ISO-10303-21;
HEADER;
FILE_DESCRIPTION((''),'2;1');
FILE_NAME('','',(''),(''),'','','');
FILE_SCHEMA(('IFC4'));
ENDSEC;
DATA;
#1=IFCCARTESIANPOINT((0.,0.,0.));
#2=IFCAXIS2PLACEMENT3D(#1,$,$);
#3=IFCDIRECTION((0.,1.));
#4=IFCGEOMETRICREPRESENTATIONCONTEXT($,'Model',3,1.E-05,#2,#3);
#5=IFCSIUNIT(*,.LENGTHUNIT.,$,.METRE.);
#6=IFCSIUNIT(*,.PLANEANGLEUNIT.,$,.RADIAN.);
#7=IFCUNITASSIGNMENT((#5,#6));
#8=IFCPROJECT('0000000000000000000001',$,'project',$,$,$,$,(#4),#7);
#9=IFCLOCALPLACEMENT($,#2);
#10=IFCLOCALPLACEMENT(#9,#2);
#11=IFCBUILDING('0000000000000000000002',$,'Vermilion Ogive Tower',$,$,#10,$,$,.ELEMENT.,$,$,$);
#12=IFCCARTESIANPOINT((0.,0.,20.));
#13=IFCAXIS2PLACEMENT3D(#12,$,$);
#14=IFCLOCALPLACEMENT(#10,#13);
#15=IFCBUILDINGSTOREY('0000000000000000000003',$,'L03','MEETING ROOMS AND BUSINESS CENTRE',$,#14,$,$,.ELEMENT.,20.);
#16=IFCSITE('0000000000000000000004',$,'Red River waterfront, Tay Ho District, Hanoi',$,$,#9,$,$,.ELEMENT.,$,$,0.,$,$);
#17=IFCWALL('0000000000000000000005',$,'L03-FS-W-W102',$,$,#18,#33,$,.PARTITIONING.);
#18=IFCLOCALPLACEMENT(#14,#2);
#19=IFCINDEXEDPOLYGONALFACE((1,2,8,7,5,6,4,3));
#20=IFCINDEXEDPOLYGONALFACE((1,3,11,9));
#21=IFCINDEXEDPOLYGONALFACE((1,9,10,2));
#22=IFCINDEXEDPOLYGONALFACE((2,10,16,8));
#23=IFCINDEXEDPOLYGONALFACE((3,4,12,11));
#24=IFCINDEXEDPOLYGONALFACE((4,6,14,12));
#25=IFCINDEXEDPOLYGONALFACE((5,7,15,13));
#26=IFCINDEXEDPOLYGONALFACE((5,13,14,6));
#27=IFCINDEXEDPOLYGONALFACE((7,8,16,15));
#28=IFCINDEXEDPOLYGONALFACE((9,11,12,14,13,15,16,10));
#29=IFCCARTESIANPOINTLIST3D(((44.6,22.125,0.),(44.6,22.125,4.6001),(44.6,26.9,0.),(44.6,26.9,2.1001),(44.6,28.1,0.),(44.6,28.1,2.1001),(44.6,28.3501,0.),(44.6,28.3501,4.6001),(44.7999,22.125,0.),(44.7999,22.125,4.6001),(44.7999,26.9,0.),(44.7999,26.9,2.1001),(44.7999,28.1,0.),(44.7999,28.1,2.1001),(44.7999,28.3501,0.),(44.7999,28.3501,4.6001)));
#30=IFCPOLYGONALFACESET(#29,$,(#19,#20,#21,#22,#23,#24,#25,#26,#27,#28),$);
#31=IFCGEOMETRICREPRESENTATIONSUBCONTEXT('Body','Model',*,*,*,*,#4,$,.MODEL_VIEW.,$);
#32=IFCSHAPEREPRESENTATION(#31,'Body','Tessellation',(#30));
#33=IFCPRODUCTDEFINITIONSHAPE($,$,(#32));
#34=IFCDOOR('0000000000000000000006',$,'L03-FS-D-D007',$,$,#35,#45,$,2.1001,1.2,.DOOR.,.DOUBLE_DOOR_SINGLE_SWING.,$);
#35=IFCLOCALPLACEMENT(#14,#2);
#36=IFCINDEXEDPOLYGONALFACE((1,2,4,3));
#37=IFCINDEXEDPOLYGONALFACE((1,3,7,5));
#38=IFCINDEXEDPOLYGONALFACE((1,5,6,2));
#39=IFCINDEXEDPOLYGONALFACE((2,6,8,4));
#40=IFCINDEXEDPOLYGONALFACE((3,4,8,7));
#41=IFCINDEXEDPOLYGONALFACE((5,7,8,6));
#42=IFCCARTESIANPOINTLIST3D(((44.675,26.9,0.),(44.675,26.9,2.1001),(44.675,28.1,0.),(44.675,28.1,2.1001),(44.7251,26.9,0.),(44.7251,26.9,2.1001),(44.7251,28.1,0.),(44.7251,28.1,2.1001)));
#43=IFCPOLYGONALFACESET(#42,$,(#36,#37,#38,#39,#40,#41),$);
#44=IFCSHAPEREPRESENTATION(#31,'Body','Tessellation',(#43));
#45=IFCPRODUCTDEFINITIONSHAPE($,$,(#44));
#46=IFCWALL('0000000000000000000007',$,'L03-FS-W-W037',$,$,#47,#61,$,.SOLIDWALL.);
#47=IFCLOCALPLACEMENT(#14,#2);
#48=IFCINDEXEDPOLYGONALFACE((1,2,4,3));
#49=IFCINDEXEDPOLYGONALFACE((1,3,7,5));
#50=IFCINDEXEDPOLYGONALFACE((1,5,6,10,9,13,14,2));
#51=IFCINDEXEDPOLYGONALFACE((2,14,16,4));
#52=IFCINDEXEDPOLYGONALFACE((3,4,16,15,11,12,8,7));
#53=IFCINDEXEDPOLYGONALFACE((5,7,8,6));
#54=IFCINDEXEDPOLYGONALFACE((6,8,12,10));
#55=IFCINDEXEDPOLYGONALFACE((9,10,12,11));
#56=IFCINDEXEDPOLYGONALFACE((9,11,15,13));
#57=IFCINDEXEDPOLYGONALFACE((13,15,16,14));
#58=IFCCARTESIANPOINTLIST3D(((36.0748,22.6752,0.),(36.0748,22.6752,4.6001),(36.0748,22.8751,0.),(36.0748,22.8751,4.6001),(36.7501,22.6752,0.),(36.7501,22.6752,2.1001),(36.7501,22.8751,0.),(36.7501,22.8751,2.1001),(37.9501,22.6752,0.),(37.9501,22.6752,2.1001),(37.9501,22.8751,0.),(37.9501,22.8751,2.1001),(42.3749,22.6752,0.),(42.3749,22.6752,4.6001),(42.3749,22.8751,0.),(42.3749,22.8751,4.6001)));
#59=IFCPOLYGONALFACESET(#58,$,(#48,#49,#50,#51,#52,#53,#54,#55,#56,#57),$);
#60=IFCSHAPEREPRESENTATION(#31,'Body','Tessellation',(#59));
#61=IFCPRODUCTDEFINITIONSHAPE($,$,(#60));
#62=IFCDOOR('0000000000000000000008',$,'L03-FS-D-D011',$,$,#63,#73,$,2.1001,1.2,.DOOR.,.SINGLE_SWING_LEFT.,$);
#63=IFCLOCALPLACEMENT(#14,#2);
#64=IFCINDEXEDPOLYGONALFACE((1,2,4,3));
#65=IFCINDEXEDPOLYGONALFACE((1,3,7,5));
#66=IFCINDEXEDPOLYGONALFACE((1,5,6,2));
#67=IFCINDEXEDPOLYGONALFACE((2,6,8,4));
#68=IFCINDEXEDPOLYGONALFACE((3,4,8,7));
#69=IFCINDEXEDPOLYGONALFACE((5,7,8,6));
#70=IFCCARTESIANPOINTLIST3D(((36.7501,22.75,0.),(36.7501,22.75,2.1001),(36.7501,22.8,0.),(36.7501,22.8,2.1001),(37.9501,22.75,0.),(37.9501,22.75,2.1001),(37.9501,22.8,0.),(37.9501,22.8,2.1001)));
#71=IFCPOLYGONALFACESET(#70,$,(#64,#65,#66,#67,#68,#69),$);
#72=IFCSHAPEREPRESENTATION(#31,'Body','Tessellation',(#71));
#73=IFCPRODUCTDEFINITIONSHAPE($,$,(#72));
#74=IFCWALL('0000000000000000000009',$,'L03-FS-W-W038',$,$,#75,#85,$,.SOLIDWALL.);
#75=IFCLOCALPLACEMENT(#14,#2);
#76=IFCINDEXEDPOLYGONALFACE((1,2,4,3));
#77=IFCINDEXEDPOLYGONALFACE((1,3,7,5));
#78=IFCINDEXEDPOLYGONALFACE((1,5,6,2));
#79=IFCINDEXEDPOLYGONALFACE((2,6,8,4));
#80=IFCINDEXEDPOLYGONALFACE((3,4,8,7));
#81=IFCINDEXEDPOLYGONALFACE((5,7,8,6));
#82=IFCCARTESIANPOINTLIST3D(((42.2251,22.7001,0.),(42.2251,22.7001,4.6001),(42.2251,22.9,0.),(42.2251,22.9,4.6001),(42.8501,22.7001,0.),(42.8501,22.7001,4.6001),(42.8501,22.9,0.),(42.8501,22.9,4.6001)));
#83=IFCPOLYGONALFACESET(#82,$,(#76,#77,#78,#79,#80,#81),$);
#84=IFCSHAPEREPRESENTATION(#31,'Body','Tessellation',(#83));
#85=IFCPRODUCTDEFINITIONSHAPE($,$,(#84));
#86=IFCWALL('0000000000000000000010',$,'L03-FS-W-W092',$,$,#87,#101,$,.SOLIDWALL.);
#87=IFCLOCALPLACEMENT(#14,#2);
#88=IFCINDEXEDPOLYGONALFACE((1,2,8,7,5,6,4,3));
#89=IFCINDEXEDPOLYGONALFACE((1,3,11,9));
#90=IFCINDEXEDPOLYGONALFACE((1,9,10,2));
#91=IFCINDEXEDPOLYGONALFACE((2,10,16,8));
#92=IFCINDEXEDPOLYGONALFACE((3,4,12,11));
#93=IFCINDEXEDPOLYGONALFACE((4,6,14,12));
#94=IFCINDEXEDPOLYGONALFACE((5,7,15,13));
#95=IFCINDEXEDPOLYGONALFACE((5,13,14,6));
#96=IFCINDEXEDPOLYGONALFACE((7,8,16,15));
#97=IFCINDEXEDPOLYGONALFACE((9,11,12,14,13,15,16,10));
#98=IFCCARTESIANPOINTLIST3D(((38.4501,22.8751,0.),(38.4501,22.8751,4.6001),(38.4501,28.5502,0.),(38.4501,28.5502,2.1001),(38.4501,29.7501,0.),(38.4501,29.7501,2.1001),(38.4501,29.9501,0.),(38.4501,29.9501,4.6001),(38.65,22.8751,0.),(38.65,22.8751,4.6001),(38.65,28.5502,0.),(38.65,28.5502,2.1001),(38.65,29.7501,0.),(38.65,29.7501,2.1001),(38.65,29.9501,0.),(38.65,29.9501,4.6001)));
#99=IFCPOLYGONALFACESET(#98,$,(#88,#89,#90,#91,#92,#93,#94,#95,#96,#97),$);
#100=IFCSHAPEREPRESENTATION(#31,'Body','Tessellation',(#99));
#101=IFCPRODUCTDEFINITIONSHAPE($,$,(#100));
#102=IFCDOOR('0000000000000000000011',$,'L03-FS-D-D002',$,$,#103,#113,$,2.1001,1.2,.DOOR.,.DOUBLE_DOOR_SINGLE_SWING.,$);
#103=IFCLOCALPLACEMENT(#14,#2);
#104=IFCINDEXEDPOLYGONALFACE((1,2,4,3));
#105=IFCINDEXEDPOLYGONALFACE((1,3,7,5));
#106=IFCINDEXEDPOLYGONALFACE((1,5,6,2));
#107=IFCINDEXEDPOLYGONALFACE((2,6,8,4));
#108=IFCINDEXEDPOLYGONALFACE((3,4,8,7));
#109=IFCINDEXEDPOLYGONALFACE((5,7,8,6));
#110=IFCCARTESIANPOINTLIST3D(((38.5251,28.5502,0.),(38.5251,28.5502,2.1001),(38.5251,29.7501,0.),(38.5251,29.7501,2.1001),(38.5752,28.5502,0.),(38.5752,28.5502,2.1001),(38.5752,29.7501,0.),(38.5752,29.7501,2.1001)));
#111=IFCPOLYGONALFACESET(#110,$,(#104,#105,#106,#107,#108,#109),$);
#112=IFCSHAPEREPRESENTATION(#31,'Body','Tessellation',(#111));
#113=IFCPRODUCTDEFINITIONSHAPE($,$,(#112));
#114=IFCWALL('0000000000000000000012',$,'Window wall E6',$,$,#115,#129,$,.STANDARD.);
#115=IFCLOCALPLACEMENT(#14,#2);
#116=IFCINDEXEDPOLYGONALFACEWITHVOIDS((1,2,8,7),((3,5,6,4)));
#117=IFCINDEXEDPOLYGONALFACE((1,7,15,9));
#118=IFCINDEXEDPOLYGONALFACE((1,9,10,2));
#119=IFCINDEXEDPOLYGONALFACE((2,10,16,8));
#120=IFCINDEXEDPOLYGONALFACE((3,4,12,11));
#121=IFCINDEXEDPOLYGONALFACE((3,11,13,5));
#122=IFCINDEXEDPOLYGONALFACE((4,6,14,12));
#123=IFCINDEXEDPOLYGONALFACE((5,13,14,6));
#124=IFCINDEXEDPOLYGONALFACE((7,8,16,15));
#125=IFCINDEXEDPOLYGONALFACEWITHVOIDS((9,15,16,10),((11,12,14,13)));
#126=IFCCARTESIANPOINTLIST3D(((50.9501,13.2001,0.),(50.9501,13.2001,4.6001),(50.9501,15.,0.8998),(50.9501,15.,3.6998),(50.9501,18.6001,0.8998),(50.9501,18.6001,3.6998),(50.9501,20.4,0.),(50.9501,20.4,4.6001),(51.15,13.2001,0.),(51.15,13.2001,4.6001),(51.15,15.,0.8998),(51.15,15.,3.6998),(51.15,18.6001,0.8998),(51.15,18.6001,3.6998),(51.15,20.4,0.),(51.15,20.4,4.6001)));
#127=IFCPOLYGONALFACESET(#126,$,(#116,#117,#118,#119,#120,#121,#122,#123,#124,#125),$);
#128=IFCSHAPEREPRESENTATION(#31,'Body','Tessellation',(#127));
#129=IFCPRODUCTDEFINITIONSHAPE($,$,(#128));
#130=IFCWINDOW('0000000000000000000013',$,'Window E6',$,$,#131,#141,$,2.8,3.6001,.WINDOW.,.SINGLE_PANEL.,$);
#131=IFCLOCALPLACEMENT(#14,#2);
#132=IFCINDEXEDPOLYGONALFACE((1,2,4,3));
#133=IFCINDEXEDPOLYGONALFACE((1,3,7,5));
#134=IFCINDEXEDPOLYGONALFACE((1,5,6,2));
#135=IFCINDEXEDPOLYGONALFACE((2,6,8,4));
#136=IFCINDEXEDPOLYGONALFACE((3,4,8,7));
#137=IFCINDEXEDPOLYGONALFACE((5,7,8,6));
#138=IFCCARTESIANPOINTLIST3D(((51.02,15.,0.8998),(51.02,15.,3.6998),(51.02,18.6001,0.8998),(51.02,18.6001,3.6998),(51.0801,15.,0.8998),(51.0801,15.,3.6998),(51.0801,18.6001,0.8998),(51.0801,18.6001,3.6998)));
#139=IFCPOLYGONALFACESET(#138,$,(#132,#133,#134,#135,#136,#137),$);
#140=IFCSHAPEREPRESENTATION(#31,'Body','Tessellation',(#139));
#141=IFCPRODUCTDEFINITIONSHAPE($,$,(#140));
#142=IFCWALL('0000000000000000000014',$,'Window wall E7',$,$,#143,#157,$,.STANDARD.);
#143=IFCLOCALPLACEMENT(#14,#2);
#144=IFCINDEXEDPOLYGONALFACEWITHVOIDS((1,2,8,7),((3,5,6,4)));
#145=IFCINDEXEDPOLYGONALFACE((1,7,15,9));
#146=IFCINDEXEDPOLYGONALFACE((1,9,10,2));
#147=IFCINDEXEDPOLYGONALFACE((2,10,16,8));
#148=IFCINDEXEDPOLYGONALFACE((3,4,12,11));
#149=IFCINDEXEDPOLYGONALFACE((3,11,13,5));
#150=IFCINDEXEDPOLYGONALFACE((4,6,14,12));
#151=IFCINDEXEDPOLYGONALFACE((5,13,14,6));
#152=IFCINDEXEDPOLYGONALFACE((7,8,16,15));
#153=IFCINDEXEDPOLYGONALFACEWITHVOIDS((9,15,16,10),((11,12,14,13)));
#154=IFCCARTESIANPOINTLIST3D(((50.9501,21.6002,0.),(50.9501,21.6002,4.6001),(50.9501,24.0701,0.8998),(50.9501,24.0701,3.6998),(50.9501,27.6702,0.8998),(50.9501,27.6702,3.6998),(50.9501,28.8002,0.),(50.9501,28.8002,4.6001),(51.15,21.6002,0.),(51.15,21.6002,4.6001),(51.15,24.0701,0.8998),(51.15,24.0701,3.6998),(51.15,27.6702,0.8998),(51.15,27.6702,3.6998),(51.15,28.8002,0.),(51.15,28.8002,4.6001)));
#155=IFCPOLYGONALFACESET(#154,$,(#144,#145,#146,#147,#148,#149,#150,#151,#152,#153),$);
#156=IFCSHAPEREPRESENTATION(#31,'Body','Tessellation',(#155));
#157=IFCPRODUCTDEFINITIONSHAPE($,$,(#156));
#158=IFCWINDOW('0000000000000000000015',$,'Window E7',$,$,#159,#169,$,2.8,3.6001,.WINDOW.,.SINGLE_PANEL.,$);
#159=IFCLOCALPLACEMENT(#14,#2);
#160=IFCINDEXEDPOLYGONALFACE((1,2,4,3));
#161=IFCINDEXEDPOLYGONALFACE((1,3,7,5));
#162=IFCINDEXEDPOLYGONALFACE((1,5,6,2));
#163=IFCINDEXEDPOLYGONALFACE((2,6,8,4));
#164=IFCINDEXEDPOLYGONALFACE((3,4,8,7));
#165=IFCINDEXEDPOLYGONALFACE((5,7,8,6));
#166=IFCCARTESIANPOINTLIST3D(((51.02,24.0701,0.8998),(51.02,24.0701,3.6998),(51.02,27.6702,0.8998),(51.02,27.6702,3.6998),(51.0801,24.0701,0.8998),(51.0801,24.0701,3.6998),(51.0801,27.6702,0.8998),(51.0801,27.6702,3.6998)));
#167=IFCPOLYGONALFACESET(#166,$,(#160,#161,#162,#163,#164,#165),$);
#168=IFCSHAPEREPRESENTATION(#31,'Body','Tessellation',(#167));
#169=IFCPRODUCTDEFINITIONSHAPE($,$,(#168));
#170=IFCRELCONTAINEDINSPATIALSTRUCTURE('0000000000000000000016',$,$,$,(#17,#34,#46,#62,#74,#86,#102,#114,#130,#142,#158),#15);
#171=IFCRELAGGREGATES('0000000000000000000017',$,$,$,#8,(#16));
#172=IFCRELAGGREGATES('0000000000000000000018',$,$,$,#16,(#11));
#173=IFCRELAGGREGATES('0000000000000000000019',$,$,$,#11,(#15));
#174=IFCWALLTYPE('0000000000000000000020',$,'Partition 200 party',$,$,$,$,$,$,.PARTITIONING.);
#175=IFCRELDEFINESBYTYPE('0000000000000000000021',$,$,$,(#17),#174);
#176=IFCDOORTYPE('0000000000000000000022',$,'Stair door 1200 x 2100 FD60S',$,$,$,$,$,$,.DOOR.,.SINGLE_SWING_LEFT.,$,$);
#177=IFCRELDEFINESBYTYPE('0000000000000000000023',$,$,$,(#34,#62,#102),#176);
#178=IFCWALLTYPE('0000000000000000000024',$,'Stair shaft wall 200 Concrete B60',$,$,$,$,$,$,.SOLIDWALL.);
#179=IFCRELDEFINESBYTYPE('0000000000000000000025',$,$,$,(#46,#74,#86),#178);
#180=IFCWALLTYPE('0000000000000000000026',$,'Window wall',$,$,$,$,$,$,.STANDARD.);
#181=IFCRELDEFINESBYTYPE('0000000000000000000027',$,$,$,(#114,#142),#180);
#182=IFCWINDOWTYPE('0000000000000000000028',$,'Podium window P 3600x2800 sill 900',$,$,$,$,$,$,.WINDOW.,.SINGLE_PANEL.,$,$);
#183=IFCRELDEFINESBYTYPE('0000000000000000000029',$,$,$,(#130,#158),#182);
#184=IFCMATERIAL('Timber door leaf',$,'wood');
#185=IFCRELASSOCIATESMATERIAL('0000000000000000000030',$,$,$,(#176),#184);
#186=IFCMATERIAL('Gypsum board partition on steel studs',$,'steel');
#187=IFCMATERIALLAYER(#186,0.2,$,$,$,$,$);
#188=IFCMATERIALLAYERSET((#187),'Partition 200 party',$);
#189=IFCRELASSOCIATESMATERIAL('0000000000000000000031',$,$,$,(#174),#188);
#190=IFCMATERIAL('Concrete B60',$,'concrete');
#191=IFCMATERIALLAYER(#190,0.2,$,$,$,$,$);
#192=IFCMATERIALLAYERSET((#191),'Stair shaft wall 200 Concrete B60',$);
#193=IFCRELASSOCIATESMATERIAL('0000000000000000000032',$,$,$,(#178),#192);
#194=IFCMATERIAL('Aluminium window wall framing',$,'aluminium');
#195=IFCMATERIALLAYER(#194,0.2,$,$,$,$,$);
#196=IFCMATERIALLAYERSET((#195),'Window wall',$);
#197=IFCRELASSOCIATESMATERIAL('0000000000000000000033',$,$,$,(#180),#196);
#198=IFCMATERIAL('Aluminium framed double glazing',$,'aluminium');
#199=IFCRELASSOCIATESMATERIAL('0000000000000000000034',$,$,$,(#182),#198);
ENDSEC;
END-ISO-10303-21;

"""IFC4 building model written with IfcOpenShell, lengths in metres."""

from ifc_helpers import new_model, si_unit, direction, frame, frame_2d, origin, place, context, subcontext, project, spatial, rectangle, extrude, material, layer, layer_set, type_object, element, fill, save


model = new_model("IFC4")

# Units and contexts
model_context = context("Model", 3, precision=1e-05, world=origin(), true_north=direction((0.0, 1.0)))
body_context = subcontext(model_context, "Body", "Model", "MODEL_VIEW")
ifc_project = project(units=[si_unit("LENGTHUNIT", "METRE"), si_unit("PLANEANGLEUNIT", "RADIAN")], contexts=[model_context])

# Site, building, storey
site_placement = place(None, origin())
site = spatial("IfcSite", under=ifc_project, at=site_placement, Name="Red River waterfront, Tay Ho District, Hanoi", CompositionType="ELEMENT", RefElevation=0.0)
building_placement = place(site_placement, origin())
building = spatial("IfcBuilding", under=site, at=building_placement, Name="Vermilion Ogive Tower", CompositionType="ELEMENT")
storey_placement = place(building_placement, frame((0.0, 0.0, 20.0)))
storey = spatial("IfcBuildingStorey", under=building, at=storey_placement, Name="L03", Description="MEETING ROOMS AND BUSINESS CENTRE", CompositionType="ELEMENT", Elevation=20.0)

# Shared definitions
ifc_material_1 = material(Name="Timber door leaf", Category="wood")
door_type = type_object("IfcDoorType", Name="Stair door 1200 x 2100 FD60S", OperationType="SINGLE_SWING_LEFT", PredefinedType="DOOR", material=ifc_material_1)

# Walls, openings, doors
ifc_material_2 = material(Name="Gypsum board partition on steel studs", Category="steel")
ifc_layer_1 = layer(ifc_material_2, 0.2)
ifc_layer_set_1 = layer_set([ifc_layer_1], Name="Partition 200 party")
wall_type_1 = type_object("IfcWallType", Name="Partition 200 party", PredefinedType="PARTITIONING", material=ifc_layer_set_1)
wall_1_placement = place(storey_placement, frame((44.7, 22.125, 0.0), z_axis=(0.0, 0.0, 1.0), x_axis=(0.0, 1.0, 0.0)))
wall_1 = element("IfcWall", 1, at=wall_1_placement, inside=storey, type_object=wall_type_1, Name="L03-FS-W-W102", PredefinedType="PARTITIONING", context=body_context, shape_type="SweptSolid", body=[
    extrude(rectangle(XDim=6.2251, YDim=0.2, at=frame_2d((3.1125, 0.0))), origin(), (0.0, 0.0, 1.0), 4.6001),
])
opening_1_placement = place(wall_1_placement, frame((4.7749, 0.0, 0.0)))
opening_1 = element("IfcOpeningElement", 2, at=opening_1_placement, cuts=wall_1, PredefinedType="OPENING", context=body_context, shape_type="SweptSolid", body=[
    extrude(rectangle(XDim=1.2, YDim=2.1001, at=frame_2d((0.6001, 1.05))), frame((0.0, 0.1099, 0.0), z_axis=(0.0, -1.0, 0.0), x_axis=(1.0, 0.0, 0.0)), (0.0, 0.0, 1.0), 0.22),
])
door_1_placement = place(opening_1_placement, origin())
door_1 = element("IfcDoor", 3, at=door_1_placement, inside=storey, type_object=door_type, Name="L03-FS-D-D007", OperationType="DOUBLE_DOOR_SINGLE_SWING", OverallHeight=2.1001, OverallWidth=1.2, PredefinedType="DOOR", context=body_context, shape_type="SweptSolid", body=[
    extrude(rectangle(XDim=1.2, YDim=2.1001, at=frame_2d((0.6001, 1.05))), frame((0.0, 0.0249, 0.0), z_axis=(0.0, -1.0, 0.0), x_axis=(1.0, 0.0, 0.0)), (0.0, 0.0, 1.0), 0.05),
])
fill(opening_1, door_1)
ifc_material_3 = material(Name="Concrete B60", Category="concrete")
ifc_layer_2 = layer(ifc_material_3, 0.2)
ifc_layer_set_2 = layer_set([ifc_layer_2], Name="Stair shaft wall 200 Concrete B60")
wall_type_2 = type_object("IfcWallType", Name="Stair shaft wall 200 Concrete B60", PredefinedType="SOLIDWALL", material=ifc_layer_set_2)
wall_2_placement = place(storey_placement, frame((36.075, 22.7751, 0.0), z_axis=(0.0, 0.0, 1.0), x_axis=(1.0, 0.0, 0.0)))
wall_2 = element("IfcWall", 4, at=wall_2_placement, inside=storey, type_object=wall_type_2, Name="L03-FS-W-W037", PredefinedType="SOLIDWALL", context=body_context, shape_type="SweptSolid", body=[
    extrude(rectangle(XDim=6.3, YDim=0.2, at=frame_2d((3.1499, 0.0))), origin(), (0.0, 0.0, 1.0), 4.6001),
])
opening_2_placement = place(wall_2_placement, frame((0.675, 0.0, 0.0)))
opening_2 = element("IfcOpeningElement", 5, at=opening_2_placement, cuts=wall_2, PredefinedType="OPENING", context=body_context, shape_type="SweptSolid", body=[
    extrude(rectangle(XDim=1.2, YDim=2.1001, at=frame_2d((0.6001, 1.05))), frame((0.0, 0.1099, 0.0), z_axis=(0.0, -1.0, 0.0), x_axis=(1.0, 0.0, 0.0)), (0.0, 0.0, 1.0), 0.22),
])
door_2_placement = place(opening_2_placement, origin())
door_2 = element("IfcDoor", 6, at=door_2_placement, inside=storey, type_object=door_type, Name="L03-FS-D-D011", OperationType="SINGLE_SWING_LEFT", OverallHeight=2.1001, OverallWidth=1.2, PredefinedType="DOOR", context=body_context, shape_type="SweptSolid", body=[
    extrude(rectangle(XDim=1.2, YDim=2.1001, at=frame_2d((0.6001, 1.05))), frame((0.0, 0.0249, 0.0), z_axis=(0.0, -1.0, 0.0), x_axis=(1.0, 0.0, 0.0)), (0.0, 0.0, 1.0), 0.05),
])
fill(opening_2, door_2)

# Wall
wall_3_placement = place(storey_placement, frame((42.2251, 22.8, 0.0), z_axis=(0.0, 0.0, 1.0), x_axis=(1.0, 0.0, 0.0)))
element("IfcWall", 7, at=wall_3_placement, inside=storey, type_object=wall_type_2, Name="L03-FS-W-W038", PredefinedType="SOLIDWALL", context=body_context, shape_type="SweptSolid", body=[
    extrude(rectangle(XDim=0.625, YDim=0.2, at=frame_2d((0.3125, 0.0))), origin(), (0.0, 0.0, 1.0), 4.6001),
])

# Wall, opening, door
wall_4_placement = place(storey_placement, frame((38.55, 22.875, 0.0), z_axis=(0.0, 0.0, 1.0), x_axis=(0.0, 1.0, 0.0)))
wall_4 = element("IfcWall", 8, at=wall_4_placement, inside=storey, type_object=wall_type_2, Name="L03-FS-W-W092", PredefinedType="SOLIDWALL", context=body_context, shape_type="SweptSolid", body=[
    extrude(rectangle(XDim=7.075, YDim=0.2, at=frame_2d((3.5376, 0.0))), origin(), (0.0, 0.0, 1.0), 4.6001),
])
opening_3_placement = place(wall_4_placement, frame((5.675, 0.0, 0.0)))
opening_3 = element("IfcOpeningElement", 9, at=opening_3_placement, cuts=wall_4, PredefinedType="OPENING", context=body_context, shape_type="SweptSolid", body=[
    extrude(rectangle(XDim=1.2, YDim=2.1001, at=frame_2d((0.6001, 1.05))), frame((0.0, 0.1099, 0.0), z_axis=(0.0, -1.0, 0.0), x_axis=(1.0, 0.0, 0.0)), (0.0, 0.0, 1.0), 0.22),
])
door_3_placement = place(opening_3_placement, origin())
door_3 = element("IfcDoor", 10, at=door_3_placement, inside=storey, type_object=door_type, Name="L03-FS-D-D002", OperationType="DOUBLE_DOOR_SINGLE_SWING", OverallHeight=2.1001, OverallWidth=1.2, PredefinedType="DOOR", context=body_context, shape_type="SweptSolid", body=[
    extrude(rectangle(XDim=1.2, YDim=2.1001, at=frame_2d((0.6001, 1.05))), frame((0.0, 0.0249, 0.0), z_axis=(0.0, -1.0, 0.0), x_axis=(1.0, 0.0, 0.0)), (0.0, 0.0, 1.0), 0.05),
])
fill(opening_3, door_3)

# Walls, openings, windows
ifc_material_4 = material(Name="Aluminium window wall framing", Category="aluminium")
ifc_layer_3 = layer(ifc_material_4, 0.2)
ifc_layer_set_3 = layer_set([ifc_layer_3], Name="Window wall")
wall_type_3 = type_object("IfcWallType", Name="Window wall", PredefinedType="STANDARD", material=ifc_layer_set_3)
wall_5_placement = place(storey_placement, frame((51.05, 13.2, 0.0), z_axis=(0.0, 0.0, 1.0), x_axis=(0.0, 1.0, 0.0)))
wall_5 = element("IfcWall", 11, at=wall_5_placement, inside=storey, type_object=wall_type_3, Name="Window wall E6", PredefinedType="STANDARD", context=body_context, shape_type="SweptSolid", body=[
    extrude(rectangle(XDim=7.2, YDim=0.2, at=frame_2d((3.6001, 0.0))), origin(), (0.0, 0.0, 1.0), 4.6001),
])
opening_4_placement = place(wall_5_placement, frame((1.8, 0.0, 0.8999)))
opening_4 = element("IfcOpeningElement", 12, at=opening_4_placement, cuts=wall_5, PredefinedType="OPENING", context=body_context, shape_type="SweptSolid", body=[
    extrude(rectangle(XDim=3.6001, YDim=2.8, at=frame_2d((1.8, 1.3999))), frame((0.0, 0.1099, 0.0), z_axis=(0.0, -1.0, 0.0), x_axis=(1.0, 0.0, 0.0)), (0.0, 0.0, 1.0), 0.22),
])
ifc_material_5 = material(Name="Aluminium framed double glazing", Category="aluminium")
window_type = type_object("IfcWindowType", Name="Podium window P 3600x2800 sill 900", PartitioningType="SINGLE_PANEL", PredefinedType="WINDOW", material=ifc_material_5)
window_1_placement = place(opening_4_placement, origin())
window_1 = element("IfcWindow", 13, at=window_1_placement, inside=storey, type_object=window_type, Name="Window E6", OverallHeight=2.8, OverallWidth=3.6001, PartitioningType="SINGLE_PANEL", PredefinedType="WINDOW", context=body_context, shape_type="SweptSolid", body=[
    extrude(rectangle(XDim=3.6001, YDim=2.8, at=frame_2d((1.8, 1.3999))), frame((0.0, 0.03, 0.0), z_axis=(0.0, -1.0, 0.0), x_axis=(1.0, 0.0, 0.0)), (0.0, 0.0, 1.0), 0.0601),
])
fill(opening_4, window_1)
wall_6_placement = place(storey_placement, frame((51.05, 21.6001, 0.0), z_axis=(0.0, 0.0, 1.0), x_axis=(0.0, 1.0, 0.0)))
wall_6 = element("IfcWall", 14, at=wall_6_placement, inside=storey, type_object=wall_type_3, Name="Window wall E7", PredefinedType="STANDARD", context=body_context, shape_type="SweptSolid", body=[
    extrude(rectangle(XDim=7.2, YDim=0.2, at=frame_2d((3.6001, 0.0))), origin(), (0.0, 0.0, 1.0), 4.6001),
])
opening_5_placement = place(wall_6_placement, frame((2.47, 0.0, 0.8999)))
opening_5 = element("IfcOpeningElement", 15, at=opening_5_placement, cuts=wall_6, PredefinedType="OPENING", context=body_context, shape_type="SweptSolid", body=[
    extrude(rectangle(XDim=3.6001, YDim=2.8, at=frame_2d((1.8, 1.3999))), frame((0.0, 0.1099, 0.0), z_axis=(0.0, -1.0, 0.0), x_axis=(1.0, 0.0, 0.0)), (0.0, 0.0, 1.0), 0.22),
])
window_2_placement = place(opening_5_placement, origin())
window_2 = element("IfcWindow", 16, at=window_2_placement, inside=storey, type_object=window_type, Name="Window E7", OverallHeight=2.8, OverallWidth=3.6001, PartitioningType="SINGLE_PANEL", PredefinedType="WINDOW", context=body_context, shape_type="SweptSolid", body=[
    extrude(rectangle(XDim=3.6001, YDim=2.8, at=frame_2d((1.8, 1.3999))), frame((0.0, 0.03, 0.0), z_axis=(0.0, -1.0, 0.0), x_axis=(1.0, 0.0, 0.0)), (0.0, 0.0, 1.0), 0.0601),
])
fill(opening_5, window_2)

save(model, "model.ifc")
